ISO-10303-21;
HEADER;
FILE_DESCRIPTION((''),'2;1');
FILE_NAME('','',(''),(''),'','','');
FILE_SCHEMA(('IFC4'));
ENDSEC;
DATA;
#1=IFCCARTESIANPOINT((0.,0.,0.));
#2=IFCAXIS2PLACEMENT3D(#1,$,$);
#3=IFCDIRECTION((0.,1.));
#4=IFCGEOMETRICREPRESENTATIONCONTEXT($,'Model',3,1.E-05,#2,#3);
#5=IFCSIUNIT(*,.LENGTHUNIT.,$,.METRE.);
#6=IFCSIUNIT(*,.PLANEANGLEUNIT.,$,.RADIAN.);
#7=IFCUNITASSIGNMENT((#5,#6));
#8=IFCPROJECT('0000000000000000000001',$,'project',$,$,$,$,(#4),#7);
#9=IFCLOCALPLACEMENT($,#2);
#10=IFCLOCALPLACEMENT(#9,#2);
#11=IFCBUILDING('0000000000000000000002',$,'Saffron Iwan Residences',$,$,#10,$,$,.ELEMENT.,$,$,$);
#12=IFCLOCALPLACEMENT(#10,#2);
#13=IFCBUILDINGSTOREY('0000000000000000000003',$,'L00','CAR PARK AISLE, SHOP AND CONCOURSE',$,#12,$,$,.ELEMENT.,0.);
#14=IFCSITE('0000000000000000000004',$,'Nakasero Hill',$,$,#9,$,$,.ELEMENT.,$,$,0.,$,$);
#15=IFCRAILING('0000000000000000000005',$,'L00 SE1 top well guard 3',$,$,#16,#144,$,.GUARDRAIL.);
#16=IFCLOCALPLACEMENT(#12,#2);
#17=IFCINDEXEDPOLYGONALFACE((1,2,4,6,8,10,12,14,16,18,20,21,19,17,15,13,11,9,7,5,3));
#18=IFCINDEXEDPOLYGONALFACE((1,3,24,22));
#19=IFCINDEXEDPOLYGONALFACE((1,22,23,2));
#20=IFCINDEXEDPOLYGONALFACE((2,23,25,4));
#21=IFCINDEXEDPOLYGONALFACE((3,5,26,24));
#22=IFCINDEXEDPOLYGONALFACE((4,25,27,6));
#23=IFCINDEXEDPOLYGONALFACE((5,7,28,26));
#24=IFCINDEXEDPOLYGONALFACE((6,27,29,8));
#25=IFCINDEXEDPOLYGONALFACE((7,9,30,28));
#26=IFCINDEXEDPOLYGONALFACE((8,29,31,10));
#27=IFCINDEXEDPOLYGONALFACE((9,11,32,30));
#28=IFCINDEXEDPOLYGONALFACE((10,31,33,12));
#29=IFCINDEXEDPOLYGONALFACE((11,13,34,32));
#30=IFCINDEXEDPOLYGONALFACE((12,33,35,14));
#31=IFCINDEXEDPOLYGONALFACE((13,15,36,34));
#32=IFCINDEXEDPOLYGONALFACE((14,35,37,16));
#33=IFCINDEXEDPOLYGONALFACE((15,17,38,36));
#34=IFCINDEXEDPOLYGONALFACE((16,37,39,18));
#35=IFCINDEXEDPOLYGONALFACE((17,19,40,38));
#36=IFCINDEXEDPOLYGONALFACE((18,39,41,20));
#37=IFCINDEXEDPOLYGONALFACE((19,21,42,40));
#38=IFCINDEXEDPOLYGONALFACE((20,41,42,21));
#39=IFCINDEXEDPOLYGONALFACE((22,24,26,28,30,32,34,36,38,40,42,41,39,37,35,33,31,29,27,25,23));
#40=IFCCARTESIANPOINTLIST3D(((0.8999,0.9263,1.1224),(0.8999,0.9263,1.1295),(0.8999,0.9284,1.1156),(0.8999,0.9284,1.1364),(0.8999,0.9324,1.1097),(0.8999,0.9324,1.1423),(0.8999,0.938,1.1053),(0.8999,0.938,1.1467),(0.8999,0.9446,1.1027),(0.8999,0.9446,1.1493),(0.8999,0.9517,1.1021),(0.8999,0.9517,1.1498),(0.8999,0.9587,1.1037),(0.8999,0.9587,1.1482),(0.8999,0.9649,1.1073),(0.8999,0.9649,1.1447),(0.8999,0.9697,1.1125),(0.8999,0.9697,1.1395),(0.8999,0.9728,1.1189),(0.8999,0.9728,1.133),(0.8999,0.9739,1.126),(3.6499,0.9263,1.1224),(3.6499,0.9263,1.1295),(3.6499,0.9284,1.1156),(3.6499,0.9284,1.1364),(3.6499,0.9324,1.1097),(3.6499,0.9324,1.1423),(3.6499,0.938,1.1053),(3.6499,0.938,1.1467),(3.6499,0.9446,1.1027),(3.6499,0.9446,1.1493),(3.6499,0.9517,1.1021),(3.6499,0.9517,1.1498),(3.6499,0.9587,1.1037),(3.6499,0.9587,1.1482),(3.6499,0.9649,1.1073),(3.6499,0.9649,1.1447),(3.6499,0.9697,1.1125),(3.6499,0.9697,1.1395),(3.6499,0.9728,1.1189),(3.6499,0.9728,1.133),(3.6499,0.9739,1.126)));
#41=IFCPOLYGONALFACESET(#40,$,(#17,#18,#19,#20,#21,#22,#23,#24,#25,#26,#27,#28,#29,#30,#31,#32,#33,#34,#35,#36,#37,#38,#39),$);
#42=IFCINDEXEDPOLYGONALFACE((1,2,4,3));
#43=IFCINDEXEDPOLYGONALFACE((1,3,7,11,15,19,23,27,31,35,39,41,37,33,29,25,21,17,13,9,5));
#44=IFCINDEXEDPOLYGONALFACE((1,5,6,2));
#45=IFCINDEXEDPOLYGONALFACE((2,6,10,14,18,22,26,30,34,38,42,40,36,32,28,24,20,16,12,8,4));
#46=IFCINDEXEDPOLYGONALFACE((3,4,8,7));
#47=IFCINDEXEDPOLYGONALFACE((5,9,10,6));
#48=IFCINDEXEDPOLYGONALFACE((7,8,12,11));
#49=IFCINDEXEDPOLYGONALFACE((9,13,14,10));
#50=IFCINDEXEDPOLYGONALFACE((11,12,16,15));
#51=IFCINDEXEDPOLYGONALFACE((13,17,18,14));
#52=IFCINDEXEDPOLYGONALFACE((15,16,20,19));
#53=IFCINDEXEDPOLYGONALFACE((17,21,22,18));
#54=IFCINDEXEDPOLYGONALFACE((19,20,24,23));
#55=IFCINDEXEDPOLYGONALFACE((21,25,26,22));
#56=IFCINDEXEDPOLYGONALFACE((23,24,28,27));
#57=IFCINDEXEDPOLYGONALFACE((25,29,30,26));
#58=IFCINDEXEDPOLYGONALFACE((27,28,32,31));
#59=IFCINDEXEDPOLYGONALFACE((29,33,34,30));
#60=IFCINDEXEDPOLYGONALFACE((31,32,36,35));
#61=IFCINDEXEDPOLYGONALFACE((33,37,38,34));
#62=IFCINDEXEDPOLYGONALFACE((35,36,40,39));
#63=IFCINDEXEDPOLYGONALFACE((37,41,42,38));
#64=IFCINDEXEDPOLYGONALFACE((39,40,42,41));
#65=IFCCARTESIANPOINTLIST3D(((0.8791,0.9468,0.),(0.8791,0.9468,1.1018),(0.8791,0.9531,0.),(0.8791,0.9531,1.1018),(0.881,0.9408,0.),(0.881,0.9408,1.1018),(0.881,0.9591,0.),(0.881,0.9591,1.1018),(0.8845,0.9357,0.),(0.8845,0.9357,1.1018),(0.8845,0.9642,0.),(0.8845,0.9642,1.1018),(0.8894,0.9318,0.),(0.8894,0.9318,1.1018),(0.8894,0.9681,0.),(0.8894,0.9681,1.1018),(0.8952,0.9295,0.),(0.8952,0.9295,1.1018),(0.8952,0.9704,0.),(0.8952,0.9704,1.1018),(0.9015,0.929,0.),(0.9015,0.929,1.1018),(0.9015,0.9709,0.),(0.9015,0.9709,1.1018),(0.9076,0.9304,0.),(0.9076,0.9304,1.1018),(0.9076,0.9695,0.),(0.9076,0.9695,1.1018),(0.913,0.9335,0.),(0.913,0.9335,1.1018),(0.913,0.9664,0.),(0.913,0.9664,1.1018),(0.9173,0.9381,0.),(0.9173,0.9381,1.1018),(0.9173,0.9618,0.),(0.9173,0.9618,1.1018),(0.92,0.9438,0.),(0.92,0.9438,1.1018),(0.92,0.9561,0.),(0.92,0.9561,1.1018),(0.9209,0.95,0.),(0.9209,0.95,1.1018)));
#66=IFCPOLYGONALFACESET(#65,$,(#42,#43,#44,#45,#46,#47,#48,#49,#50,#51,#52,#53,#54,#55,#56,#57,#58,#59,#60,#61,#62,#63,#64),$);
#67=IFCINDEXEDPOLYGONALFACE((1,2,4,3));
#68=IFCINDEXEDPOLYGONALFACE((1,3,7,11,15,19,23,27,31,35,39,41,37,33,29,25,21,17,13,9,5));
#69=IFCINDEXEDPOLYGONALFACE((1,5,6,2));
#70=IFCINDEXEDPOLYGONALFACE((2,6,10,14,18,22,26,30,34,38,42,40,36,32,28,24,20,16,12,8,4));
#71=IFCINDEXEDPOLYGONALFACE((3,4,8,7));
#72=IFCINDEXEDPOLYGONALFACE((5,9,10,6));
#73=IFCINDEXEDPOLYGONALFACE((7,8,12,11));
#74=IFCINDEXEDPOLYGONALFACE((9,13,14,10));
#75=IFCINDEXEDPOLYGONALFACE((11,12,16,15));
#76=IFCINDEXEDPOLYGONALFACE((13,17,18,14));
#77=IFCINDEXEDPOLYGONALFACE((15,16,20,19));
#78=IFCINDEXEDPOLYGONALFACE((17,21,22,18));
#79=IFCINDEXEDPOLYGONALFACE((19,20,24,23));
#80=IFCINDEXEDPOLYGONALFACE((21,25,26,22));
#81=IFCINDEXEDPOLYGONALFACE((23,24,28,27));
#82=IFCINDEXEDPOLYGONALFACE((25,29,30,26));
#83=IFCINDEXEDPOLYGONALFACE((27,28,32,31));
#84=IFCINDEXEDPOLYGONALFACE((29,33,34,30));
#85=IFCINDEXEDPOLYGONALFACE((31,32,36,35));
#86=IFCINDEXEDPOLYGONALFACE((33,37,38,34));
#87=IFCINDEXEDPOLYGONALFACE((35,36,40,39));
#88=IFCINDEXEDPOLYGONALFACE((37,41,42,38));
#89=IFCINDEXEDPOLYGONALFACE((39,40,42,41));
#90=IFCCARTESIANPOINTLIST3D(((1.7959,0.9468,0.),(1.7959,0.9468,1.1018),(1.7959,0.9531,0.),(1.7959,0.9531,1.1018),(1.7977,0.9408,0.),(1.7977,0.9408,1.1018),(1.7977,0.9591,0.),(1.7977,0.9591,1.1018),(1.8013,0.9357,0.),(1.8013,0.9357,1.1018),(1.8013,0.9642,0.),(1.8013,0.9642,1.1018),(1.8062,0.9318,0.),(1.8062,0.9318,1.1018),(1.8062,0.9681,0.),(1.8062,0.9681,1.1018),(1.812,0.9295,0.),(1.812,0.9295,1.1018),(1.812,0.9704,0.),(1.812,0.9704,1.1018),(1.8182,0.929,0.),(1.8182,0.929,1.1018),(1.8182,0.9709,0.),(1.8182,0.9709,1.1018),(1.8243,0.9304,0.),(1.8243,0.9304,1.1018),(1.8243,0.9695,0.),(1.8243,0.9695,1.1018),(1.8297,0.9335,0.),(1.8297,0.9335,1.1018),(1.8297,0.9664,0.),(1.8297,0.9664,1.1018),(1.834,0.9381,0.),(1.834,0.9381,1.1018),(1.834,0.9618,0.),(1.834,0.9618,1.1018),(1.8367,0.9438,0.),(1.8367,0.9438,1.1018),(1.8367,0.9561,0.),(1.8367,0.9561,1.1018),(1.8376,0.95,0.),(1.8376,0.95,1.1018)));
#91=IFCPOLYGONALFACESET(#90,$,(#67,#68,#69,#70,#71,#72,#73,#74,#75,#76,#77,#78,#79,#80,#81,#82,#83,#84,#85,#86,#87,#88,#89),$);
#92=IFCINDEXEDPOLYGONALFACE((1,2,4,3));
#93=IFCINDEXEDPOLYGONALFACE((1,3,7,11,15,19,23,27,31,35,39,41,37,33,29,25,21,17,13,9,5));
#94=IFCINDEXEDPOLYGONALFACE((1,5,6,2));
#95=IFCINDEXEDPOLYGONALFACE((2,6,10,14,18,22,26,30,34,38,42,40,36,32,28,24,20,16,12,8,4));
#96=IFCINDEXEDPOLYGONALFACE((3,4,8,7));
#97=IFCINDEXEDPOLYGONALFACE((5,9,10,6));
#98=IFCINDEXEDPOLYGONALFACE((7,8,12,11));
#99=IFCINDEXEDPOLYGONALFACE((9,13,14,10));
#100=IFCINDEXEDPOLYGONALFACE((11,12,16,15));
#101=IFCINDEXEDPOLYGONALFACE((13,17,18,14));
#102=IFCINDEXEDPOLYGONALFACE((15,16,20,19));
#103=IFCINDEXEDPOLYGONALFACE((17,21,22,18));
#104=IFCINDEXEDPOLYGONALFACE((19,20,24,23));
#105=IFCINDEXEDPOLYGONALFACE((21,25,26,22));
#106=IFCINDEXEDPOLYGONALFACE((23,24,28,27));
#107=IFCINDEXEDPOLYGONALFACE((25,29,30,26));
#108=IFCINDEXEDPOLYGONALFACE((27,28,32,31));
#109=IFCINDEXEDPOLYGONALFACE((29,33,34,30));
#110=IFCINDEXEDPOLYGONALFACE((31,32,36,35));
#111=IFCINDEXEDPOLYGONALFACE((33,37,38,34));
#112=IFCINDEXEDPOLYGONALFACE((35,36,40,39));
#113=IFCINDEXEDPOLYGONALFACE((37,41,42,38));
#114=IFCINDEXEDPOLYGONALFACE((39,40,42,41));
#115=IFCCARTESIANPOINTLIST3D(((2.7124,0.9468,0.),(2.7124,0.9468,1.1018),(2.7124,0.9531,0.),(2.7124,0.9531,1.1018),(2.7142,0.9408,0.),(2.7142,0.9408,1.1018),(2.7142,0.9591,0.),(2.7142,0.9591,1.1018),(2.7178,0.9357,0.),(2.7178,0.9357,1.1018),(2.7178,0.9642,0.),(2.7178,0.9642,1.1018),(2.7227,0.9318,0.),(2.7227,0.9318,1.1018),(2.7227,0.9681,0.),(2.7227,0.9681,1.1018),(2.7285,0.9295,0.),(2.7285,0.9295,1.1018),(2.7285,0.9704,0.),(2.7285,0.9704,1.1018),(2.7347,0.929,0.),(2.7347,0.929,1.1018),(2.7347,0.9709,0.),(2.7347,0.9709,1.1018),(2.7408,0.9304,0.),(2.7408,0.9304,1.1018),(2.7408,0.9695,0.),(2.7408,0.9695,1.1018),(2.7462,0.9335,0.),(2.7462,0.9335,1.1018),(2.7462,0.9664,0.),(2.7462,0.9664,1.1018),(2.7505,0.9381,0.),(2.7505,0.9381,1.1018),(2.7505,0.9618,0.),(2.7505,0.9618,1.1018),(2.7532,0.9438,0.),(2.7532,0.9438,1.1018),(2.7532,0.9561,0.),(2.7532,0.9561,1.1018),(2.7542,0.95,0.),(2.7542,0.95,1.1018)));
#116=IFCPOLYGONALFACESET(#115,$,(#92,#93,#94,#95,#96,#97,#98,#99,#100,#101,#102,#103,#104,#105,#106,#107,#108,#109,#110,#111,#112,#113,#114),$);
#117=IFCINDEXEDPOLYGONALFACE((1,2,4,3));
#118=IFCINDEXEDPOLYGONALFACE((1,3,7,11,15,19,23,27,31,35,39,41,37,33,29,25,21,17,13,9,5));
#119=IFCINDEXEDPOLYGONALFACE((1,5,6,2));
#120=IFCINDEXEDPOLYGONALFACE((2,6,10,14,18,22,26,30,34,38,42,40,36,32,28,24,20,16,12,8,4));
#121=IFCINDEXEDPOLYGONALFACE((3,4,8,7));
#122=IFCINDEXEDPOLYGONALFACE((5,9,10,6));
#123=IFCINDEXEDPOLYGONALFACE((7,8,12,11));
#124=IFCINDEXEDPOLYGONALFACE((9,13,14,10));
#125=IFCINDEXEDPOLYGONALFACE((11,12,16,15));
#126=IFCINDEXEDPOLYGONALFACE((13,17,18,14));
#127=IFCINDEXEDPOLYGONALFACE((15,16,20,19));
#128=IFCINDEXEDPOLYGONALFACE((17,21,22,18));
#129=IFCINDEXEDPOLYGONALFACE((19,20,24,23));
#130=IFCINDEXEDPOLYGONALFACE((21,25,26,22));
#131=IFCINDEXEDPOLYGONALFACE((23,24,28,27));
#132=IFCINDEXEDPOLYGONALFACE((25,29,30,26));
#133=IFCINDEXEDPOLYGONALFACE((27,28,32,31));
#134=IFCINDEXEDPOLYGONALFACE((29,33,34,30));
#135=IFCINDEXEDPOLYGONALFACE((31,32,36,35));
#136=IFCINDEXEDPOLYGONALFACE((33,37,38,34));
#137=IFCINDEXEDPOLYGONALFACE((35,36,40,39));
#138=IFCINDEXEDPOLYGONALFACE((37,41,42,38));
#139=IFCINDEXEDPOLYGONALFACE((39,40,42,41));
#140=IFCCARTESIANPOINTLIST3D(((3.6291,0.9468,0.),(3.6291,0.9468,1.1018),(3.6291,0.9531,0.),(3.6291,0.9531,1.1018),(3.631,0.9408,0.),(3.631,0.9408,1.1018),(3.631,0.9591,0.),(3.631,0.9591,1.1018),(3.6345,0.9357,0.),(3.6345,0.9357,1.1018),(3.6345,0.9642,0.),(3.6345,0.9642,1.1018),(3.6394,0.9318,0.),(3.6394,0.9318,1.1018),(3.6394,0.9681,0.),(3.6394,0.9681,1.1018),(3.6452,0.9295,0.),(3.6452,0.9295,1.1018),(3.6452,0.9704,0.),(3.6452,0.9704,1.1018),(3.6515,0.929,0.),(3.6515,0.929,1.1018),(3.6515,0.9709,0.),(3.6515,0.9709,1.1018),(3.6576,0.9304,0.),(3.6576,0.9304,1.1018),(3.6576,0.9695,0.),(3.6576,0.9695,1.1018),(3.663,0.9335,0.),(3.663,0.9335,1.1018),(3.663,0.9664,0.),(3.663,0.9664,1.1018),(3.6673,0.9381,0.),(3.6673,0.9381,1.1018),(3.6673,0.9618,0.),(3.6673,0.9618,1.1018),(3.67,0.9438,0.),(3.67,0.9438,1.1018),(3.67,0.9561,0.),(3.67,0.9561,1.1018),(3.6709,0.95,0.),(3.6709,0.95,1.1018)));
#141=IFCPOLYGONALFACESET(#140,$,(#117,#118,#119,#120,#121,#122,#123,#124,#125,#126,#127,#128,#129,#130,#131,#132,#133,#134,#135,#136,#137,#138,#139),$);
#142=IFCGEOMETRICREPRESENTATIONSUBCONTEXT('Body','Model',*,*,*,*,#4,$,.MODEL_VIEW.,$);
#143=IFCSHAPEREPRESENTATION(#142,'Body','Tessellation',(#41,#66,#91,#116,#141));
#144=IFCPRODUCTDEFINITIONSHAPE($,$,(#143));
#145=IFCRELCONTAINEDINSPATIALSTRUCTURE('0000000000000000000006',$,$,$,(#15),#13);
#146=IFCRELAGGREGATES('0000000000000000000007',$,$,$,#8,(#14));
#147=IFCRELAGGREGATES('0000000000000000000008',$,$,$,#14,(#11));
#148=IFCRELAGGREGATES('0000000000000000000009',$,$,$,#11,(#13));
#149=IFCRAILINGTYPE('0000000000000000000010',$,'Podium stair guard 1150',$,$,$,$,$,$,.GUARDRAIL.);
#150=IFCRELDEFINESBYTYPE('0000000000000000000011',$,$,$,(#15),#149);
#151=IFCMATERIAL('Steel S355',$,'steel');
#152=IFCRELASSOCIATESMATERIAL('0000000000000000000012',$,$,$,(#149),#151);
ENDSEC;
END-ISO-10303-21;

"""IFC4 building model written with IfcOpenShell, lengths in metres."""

from ifc_helpers import new_model, si_unit, direction, frame, origin, origin_2d, place, context, subcontext, project, spatial, circle, extrude, material, type_object, element, save


model = new_model("IFC4")

# Units and contexts
model_context = context("Model", 3, precision=1e-05, world=origin(), true_north=direction((0.0, 1.0)))
body_context = subcontext(model_context, "Body", "Model", "MODEL_VIEW")
ifc_project = project(units=[si_unit("LENGTHUNIT", "METRE"), si_unit("PLANEANGLEUNIT", "RADIAN")], contexts=[model_context])

# Site, building, storey
site_placement = place(None, origin())
site = spatial("IfcSite", under=ifc_project, at=site_placement, Name="Nakasero Hill", CompositionType="ELEMENT", RefElevation=0.0)
building_placement = place(site_placement, origin())
building = spatial("IfcBuilding", under=site, at=building_placement, Name="Saffron Iwan Residences", CompositionType="ELEMENT")
storey_placement = place(building_placement, origin())
storey = spatial("IfcBuildingStorey", under=building, at=storey_placement, Name="L00", Description="CAR PARK AISLE, SHOP AND CONCOURSE", CompositionType="ELEMENT", Elevation=0.0)

# Railing
ifc_material_1 = material(Name="Steel S355", Category="steel")
railing_type = type_object("IfcRailingType", Name="Podium stair guard 1150", PredefinedType="GUARDRAIL", material=ifc_material_1)
railing_1_placement = place(storey_placement, frame((0.8999, 0.95, 0.0)))
element("IfcRailing", 1, at=railing_1_placement, inside=storey, type_object=railing_type, Name="L00 SE1 top well guard 3", PredefinedType="GUARDRAIL", context=body_context, shape_type="SweptSolid", body=[
    extrude(circle(Radius=0.0239, at=origin_2d()), frame((0.0, 0.0, 1.126), z_axis=(1.0, 0.0, 0.0), x_axis=(0.0, 1.0, 0.0)), (0.0, 0.0, 1.0), 2.75),
    extrude(circle(Radius=0.021, at=origin_2d()), origin(), (0.0, 0.0, 1.0), 1.1018),
    extrude(circle(Radius=0.021, at=origin_2d()), frame((0.9167, 0.0, 0.0)), (0.0, 0.0, 1.0), 1.1018),
    extrude(circle(Radius=0.021, at=origin_2d()), frame((1.8333, 0.0, 0.0)), (0.0, 0.0, 1.0), 1.1018),
    extrude(circle(Radius=0.021, at=origin_2d()), frame((2.75, 0.0, 0.0)), (0.0, 0.0, 1.0), 1.1018),
])

save(model, "model.ifc")
